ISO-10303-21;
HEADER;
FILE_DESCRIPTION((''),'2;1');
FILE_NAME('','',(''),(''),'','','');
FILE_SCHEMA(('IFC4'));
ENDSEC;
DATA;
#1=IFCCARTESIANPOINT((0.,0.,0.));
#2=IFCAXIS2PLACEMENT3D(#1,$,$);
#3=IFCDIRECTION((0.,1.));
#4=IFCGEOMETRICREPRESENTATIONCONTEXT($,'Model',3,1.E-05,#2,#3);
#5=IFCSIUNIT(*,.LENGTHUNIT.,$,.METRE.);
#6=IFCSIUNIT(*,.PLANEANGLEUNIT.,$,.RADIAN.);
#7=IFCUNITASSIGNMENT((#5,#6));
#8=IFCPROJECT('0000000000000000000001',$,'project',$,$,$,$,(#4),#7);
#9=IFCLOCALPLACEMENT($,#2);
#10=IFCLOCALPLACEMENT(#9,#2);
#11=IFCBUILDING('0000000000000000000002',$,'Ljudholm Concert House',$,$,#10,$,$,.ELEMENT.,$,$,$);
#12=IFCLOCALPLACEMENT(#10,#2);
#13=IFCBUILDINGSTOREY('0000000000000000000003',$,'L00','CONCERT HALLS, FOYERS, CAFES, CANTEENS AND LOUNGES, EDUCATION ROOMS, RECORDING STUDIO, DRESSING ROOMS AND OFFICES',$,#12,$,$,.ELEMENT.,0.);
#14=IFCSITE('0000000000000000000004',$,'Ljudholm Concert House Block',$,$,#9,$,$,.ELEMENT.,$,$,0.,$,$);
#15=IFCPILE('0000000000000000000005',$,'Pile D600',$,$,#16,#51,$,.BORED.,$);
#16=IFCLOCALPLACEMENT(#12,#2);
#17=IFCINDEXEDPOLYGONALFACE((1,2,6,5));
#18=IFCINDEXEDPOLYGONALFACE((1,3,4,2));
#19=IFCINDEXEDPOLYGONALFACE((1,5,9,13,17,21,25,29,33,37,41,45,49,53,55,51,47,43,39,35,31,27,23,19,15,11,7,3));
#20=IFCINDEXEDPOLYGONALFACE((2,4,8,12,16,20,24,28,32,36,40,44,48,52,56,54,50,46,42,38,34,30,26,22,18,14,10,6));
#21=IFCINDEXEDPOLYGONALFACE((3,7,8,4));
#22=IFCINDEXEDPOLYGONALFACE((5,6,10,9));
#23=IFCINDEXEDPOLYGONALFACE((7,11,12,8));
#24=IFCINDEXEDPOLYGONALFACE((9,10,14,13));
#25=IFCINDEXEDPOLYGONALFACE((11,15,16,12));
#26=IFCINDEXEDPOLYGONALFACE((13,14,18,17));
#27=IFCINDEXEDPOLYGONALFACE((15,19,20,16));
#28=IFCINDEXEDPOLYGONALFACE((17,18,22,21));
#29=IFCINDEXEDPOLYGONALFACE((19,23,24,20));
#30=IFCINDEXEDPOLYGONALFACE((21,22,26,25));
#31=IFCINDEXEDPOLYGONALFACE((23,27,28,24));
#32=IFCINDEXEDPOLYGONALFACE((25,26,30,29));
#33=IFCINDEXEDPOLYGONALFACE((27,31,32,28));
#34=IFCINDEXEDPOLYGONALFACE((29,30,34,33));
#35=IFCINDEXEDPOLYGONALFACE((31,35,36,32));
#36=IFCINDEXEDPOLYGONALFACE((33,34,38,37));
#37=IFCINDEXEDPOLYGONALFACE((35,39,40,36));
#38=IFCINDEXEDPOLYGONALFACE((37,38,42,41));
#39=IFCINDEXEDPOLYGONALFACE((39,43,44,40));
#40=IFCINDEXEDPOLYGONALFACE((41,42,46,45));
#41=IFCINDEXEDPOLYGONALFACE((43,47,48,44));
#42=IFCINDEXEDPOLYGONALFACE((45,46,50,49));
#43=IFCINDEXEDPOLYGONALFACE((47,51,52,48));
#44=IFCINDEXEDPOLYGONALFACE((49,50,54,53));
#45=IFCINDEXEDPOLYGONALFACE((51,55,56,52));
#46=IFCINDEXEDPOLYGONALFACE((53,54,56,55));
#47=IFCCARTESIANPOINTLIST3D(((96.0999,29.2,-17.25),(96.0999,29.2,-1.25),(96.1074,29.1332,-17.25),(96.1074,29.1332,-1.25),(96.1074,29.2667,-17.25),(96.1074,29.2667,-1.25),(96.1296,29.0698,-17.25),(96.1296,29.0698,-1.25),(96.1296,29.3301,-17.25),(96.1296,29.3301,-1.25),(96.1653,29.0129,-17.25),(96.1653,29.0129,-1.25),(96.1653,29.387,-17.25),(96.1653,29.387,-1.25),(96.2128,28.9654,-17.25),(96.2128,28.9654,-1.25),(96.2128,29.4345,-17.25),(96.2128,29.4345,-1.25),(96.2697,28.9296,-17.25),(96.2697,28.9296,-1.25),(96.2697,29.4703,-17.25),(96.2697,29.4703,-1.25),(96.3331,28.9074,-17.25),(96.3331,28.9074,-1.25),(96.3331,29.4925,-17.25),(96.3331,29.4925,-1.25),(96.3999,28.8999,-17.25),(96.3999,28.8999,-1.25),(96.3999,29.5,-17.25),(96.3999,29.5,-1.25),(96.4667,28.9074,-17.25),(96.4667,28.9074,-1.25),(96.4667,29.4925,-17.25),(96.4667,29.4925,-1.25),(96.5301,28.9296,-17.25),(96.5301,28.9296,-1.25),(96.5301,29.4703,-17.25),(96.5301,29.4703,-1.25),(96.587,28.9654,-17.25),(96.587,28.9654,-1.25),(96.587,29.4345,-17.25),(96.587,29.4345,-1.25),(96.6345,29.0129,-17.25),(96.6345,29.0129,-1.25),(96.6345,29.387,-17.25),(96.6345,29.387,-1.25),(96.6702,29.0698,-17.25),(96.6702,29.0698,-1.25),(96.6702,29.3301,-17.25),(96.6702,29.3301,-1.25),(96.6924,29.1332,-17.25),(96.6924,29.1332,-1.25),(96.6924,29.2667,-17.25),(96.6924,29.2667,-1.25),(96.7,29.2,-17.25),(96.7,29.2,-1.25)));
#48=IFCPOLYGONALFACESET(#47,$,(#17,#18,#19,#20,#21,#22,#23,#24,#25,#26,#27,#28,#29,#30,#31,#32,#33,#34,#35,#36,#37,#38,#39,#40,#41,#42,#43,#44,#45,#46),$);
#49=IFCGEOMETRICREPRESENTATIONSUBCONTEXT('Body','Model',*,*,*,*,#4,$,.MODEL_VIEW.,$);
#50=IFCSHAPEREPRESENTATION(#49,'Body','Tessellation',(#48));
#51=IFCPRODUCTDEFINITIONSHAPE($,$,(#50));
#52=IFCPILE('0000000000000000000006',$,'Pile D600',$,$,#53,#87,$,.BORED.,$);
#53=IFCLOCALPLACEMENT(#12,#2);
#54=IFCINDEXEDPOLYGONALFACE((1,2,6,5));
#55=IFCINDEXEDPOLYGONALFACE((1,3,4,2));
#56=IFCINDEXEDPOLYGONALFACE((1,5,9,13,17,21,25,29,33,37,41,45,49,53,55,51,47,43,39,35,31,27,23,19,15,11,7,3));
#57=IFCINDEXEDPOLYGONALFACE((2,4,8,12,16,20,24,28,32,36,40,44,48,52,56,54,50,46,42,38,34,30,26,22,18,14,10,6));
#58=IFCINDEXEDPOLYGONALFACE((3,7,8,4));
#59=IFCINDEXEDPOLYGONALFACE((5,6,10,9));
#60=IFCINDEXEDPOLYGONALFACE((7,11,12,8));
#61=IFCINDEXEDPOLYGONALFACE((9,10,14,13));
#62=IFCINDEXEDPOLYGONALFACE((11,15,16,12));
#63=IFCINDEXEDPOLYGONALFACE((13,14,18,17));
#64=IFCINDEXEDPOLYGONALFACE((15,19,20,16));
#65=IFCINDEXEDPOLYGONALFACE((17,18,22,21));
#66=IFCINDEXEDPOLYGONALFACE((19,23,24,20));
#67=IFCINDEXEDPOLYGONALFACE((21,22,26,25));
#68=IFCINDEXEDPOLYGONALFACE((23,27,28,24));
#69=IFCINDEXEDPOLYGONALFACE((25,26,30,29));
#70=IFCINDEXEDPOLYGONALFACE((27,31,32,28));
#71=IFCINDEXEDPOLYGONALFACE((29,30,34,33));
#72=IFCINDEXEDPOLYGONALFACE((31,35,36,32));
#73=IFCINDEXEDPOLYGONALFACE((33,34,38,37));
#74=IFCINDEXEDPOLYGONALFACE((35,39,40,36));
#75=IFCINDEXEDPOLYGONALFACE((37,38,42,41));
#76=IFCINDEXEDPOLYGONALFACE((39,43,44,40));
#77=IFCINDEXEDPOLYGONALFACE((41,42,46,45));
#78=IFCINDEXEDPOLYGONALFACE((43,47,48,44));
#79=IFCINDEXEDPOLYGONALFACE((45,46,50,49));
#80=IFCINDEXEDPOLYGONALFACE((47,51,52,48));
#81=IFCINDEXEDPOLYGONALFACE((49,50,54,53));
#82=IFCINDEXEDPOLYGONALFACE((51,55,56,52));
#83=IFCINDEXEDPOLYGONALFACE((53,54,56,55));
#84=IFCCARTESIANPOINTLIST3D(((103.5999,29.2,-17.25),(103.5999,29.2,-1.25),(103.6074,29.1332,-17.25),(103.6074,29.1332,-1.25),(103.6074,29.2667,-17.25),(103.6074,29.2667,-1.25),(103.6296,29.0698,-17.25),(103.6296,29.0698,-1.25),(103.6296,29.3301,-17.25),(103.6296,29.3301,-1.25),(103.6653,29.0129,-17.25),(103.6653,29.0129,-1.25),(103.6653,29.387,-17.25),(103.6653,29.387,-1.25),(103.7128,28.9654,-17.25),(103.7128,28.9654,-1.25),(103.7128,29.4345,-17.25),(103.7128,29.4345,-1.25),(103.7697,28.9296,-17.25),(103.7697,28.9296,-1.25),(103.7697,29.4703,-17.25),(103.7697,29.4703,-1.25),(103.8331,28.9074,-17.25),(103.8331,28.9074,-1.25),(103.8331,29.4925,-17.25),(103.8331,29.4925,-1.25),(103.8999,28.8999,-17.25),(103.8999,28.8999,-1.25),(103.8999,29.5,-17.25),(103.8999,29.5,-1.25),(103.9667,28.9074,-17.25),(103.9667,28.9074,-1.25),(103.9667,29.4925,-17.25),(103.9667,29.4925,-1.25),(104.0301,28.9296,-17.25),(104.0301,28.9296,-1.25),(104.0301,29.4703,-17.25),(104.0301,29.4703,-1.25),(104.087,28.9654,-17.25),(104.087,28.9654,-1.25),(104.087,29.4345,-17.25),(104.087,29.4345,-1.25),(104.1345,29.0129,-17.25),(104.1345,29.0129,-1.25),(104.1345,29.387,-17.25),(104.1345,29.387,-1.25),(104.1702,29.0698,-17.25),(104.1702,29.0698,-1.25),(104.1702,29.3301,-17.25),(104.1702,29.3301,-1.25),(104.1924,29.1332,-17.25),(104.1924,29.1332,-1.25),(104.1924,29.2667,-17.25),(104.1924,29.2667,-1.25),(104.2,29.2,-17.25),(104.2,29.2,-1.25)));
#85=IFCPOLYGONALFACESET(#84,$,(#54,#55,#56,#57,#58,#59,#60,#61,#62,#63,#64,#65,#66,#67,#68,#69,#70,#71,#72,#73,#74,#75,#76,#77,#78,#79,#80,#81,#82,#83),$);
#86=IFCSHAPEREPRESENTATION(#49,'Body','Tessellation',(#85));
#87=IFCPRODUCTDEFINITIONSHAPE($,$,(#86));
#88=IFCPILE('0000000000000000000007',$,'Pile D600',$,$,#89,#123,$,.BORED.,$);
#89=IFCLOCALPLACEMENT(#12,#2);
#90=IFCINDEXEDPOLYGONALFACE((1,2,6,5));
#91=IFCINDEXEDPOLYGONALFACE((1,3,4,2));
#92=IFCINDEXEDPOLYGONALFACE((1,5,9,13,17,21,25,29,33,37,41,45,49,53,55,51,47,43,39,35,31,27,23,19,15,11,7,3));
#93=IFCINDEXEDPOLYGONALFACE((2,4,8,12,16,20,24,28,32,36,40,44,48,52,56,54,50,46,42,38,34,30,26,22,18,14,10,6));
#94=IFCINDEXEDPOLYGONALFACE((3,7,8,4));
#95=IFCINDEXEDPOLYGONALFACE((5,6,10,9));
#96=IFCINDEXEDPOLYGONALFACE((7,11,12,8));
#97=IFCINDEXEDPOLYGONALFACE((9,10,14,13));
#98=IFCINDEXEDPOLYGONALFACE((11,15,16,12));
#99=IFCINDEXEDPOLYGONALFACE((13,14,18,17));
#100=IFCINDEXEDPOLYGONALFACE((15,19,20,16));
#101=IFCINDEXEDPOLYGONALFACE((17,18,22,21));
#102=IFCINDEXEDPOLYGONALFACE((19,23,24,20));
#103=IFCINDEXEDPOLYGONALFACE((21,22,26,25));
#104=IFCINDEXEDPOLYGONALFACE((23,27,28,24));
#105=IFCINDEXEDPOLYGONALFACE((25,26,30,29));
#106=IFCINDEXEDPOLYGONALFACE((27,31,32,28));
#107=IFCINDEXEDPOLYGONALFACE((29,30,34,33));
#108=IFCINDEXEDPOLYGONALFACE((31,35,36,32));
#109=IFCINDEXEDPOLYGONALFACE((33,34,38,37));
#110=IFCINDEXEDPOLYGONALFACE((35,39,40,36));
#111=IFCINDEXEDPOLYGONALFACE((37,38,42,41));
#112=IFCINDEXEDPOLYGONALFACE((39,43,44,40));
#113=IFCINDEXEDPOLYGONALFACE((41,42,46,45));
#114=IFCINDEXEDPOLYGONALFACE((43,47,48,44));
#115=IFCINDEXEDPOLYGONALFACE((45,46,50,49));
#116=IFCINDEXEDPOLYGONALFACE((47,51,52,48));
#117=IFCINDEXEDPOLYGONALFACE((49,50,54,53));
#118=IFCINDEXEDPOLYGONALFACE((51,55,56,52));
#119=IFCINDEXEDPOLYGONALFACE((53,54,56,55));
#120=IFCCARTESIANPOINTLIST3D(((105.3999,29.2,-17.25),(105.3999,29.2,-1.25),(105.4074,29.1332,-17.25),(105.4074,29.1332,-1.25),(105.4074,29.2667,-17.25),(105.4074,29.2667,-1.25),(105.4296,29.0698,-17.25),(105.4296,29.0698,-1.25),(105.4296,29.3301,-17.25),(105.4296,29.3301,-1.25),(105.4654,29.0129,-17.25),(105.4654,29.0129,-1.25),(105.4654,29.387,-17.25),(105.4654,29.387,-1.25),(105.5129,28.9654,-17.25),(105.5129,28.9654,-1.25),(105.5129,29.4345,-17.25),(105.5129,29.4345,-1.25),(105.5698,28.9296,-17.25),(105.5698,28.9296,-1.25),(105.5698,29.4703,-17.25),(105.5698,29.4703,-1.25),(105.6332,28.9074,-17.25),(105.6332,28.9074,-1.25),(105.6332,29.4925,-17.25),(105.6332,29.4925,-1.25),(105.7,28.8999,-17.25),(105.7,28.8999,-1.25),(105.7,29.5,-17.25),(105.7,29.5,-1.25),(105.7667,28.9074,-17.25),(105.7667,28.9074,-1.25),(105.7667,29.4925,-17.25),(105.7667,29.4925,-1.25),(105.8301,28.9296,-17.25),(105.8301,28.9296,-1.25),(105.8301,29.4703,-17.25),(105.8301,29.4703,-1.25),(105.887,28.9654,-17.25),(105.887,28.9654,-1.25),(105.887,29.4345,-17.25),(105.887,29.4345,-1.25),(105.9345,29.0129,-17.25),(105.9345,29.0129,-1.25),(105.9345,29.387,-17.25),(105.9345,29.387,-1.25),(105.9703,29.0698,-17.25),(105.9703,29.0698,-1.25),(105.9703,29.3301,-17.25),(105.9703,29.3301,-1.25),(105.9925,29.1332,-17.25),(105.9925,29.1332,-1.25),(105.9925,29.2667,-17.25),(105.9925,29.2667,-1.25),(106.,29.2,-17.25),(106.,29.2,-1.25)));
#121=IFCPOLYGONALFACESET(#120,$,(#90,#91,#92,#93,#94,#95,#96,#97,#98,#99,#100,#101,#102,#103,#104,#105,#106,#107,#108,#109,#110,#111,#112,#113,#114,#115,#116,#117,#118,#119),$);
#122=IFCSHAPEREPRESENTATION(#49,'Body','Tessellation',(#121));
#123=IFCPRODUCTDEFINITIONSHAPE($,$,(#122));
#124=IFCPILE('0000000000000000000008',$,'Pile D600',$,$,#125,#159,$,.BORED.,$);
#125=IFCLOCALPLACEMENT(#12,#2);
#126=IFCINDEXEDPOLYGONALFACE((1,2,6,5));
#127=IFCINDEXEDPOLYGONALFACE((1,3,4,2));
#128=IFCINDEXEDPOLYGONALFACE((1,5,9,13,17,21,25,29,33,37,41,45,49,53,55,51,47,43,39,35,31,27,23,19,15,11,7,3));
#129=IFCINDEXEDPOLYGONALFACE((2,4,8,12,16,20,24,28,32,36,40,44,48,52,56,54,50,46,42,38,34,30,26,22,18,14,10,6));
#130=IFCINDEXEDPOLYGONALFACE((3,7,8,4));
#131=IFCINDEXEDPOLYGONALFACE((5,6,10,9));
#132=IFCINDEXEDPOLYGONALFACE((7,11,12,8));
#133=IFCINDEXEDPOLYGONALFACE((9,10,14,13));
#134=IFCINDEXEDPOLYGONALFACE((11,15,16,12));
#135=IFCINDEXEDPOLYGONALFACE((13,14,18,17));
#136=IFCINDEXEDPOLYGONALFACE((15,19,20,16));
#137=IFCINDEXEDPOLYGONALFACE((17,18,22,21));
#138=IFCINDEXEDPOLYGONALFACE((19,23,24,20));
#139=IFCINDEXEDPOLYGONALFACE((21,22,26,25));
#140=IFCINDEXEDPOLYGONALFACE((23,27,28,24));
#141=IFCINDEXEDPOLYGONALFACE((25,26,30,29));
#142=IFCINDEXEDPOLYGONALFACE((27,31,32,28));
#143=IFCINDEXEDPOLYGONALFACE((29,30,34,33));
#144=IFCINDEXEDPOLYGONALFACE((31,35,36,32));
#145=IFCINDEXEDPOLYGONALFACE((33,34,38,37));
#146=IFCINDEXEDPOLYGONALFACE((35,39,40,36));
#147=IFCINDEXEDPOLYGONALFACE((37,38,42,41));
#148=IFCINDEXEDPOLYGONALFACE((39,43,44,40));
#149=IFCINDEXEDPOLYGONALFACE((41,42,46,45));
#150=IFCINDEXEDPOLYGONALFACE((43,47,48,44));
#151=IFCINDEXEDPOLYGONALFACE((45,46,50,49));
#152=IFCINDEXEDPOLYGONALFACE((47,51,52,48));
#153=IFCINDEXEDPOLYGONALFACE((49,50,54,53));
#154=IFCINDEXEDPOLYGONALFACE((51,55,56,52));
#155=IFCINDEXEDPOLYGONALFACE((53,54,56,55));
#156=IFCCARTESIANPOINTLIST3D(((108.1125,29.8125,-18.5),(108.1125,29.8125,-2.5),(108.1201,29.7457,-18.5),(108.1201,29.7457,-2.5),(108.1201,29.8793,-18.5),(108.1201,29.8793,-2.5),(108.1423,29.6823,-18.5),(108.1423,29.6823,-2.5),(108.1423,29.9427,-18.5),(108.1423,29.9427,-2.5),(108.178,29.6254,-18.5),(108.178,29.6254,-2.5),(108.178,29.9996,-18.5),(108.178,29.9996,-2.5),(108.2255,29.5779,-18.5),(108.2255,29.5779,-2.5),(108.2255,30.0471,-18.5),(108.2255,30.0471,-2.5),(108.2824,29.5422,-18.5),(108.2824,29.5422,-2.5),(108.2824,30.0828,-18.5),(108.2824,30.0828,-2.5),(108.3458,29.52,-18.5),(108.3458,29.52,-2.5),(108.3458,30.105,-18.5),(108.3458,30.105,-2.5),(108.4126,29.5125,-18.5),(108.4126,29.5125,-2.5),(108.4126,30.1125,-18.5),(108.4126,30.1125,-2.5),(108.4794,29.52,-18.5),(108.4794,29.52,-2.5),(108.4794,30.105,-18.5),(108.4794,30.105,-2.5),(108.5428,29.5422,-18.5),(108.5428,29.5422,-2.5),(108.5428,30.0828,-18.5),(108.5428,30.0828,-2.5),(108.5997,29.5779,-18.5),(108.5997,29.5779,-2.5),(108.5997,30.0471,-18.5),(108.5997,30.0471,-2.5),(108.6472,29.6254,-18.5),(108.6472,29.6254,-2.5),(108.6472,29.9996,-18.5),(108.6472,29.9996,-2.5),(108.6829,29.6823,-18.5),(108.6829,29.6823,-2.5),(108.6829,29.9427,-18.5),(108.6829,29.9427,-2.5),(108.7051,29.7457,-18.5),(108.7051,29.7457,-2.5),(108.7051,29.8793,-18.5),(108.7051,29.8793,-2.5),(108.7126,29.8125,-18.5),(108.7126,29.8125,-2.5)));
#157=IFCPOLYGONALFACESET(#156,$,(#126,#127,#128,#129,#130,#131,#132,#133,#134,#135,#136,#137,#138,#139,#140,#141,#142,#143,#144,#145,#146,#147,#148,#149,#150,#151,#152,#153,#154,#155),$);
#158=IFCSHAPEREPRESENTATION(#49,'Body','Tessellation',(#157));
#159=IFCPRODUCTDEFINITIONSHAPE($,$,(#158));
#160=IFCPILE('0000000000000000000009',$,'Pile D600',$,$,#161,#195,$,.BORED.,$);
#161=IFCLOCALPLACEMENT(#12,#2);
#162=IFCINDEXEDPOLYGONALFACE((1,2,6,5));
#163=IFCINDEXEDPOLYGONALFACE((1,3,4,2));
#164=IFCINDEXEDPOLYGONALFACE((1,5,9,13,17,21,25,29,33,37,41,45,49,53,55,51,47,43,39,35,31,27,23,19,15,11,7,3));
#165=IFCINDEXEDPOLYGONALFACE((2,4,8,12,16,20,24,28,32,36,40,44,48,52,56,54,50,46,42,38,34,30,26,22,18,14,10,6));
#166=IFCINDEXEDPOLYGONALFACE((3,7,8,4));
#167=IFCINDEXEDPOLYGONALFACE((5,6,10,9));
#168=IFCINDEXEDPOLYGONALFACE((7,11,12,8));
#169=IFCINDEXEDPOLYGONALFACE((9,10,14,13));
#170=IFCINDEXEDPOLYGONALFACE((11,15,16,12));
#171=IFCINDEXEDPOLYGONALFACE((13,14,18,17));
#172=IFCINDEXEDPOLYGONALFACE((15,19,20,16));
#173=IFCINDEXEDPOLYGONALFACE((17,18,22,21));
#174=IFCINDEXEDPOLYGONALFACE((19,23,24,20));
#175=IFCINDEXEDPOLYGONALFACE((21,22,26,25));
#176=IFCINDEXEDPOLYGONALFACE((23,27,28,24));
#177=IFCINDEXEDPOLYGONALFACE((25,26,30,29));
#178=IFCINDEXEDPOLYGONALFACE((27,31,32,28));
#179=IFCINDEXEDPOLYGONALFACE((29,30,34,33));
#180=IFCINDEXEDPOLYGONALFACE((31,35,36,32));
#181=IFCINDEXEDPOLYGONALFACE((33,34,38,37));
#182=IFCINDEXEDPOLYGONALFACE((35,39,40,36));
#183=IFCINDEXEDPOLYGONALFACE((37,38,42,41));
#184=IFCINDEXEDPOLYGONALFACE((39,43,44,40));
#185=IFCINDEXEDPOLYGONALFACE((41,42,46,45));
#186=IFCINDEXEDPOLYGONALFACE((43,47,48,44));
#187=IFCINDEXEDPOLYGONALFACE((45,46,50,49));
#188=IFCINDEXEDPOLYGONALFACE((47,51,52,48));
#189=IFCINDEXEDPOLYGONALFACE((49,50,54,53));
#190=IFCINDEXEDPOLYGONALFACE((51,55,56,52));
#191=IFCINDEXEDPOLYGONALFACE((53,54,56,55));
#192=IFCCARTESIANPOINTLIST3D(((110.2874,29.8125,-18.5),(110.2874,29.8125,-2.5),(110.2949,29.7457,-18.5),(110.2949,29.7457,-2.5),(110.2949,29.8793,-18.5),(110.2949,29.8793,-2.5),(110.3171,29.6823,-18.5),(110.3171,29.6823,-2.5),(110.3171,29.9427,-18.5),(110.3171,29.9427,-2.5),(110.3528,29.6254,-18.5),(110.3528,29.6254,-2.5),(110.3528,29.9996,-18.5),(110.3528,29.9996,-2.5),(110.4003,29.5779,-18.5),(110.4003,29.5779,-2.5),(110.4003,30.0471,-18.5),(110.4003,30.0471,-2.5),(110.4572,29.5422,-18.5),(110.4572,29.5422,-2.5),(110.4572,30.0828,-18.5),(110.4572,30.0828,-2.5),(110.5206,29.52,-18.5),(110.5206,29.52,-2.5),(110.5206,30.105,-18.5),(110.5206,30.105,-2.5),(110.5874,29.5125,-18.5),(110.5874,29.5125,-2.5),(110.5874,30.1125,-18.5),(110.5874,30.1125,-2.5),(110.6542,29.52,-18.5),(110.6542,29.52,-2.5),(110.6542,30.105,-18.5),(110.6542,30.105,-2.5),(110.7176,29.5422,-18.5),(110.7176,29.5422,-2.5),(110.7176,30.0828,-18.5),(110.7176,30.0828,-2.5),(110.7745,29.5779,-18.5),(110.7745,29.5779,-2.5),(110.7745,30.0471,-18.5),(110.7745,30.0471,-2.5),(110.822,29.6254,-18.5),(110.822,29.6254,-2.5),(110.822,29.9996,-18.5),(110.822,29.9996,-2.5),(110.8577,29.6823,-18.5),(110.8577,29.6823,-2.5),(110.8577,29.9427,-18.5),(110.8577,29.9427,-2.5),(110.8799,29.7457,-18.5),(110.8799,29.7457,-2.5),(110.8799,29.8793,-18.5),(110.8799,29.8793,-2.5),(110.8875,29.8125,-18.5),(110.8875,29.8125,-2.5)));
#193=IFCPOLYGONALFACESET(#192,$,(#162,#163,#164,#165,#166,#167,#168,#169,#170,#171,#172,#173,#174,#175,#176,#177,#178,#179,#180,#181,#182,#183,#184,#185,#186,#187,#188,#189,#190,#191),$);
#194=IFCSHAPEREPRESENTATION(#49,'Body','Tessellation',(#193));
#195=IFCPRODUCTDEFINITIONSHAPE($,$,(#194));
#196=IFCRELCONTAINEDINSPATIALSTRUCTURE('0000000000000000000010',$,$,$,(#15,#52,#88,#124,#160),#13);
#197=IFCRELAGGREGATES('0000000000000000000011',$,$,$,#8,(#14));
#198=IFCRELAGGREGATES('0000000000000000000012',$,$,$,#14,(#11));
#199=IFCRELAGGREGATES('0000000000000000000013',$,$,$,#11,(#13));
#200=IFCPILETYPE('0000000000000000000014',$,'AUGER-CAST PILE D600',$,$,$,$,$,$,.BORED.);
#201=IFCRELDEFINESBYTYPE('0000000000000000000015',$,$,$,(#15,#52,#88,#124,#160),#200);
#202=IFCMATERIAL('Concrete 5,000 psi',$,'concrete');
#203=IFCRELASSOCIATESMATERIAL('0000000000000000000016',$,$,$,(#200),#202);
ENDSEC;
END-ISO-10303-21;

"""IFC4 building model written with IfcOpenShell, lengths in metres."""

from ifc_helpers import new_model, si_unit, direction, frame, origin, origin_2d, place, context, subcontext, project, spatial, circle, extrude, material, material_profile, profile_set, type_object, element, save


model = new_model("IFC4")

# Units and contexts
model_context = context("Model", 3, precision=1e-05, world=origin(), true_north=direction((0.0, 1.0)))
body_context = subcontext(model_context, "Body", "Model", "MODEL_VIEW")
ifc_project = project(units=[si_unit("LENGTHUNIT", "METRE"), si_unit("PLANEANGLEUNIT", "RADIAN")], contexts=[model_context])

# Site, building, storey
site_placement = place(None, origin())
site = spatial("IfcSite", under=ifc_project, at=site_placement, Name="Ljudholm Concert House Block", CompositionType="ELEMENT", RefElevation=0.0)
building_placement = place(site_placement, origin())
building = spatial("IfcBuilding", under=site, at=building_placement, Name="Ljudholm Concert House", CompositionType="ELEMENT")
storey_placement = place(building_placement, origin())
storey = spatial("IfcBuildingStorey", under=building, at=storey_placement, Name="L00", Description="CONCERT HALLS, FOYERS, CAFES, CANTEENS AND LOUNGES, EDUCATION ROOMS, RECORDING STUDIO, DRESSING ROOMS AND OFFICES", CompositionType="ELEMENT", Elevation=0.0)

# Piles
ifc_material_1 = material(Name="Concrete 5,000 psi", Category="concrete")
ifc_material_profile_1 = material_profile(ifc_material_1, circle(Radius=0.3, at=origin_2d()), Name="AUGER-CAST PILE D600")
ifc_profile_set_1 = profile_set([ifc_material_profile_1], Name="Concrete 5,000 psi")
pile_type = type_object("IfcPileType", Name="AUGER-CAST PILE D600", PredefinedType="BORED", material=ifc_profile_set_1)
for number, where, z_axis, x_axis, name in (
    (1, (96.3999, 29.2, -1.25), (0.0, 0.0, -1.0), (1.0, 0.0, 0.0), "Pile D600"),
    (2, (103.8999, 29.2, -1.25), (0.0, 0.0, -1.0), (1.0, 0.0, 0.0), "Pile D600"),
    (3, (105.7, 29.2, -1.25), (0.0, 0.0, -1.0), (1.0, 0.0, 0.0), "Pile D600"),
    (4, (108.4126, 29.8125, -2.5), (0.0, 0.0, -1.0), (1.0, 0.0, 0.0), "Pile D600"),
    (5, (110.5874, 29.8125, -2.5), (0.0, 0.0, -1.0), (1.0, 0.0, 0.0), "Pile D600"),
):
    element("IfcPile", number, at=place(storey_placement, frame(where, z_axis=z_axis, x_axis=x_axis)), inside=storey, type_object=pile_type, Name=name, PredefinedType="BORED", context=body_context, shape_type="SweptSolid", body=[
        extrude(circle(Radius=0.3, at=origin_2d()), origin(), (0.0, 0.0, 1.0), 16.0),
    ])

save(model, "model.ifc")
